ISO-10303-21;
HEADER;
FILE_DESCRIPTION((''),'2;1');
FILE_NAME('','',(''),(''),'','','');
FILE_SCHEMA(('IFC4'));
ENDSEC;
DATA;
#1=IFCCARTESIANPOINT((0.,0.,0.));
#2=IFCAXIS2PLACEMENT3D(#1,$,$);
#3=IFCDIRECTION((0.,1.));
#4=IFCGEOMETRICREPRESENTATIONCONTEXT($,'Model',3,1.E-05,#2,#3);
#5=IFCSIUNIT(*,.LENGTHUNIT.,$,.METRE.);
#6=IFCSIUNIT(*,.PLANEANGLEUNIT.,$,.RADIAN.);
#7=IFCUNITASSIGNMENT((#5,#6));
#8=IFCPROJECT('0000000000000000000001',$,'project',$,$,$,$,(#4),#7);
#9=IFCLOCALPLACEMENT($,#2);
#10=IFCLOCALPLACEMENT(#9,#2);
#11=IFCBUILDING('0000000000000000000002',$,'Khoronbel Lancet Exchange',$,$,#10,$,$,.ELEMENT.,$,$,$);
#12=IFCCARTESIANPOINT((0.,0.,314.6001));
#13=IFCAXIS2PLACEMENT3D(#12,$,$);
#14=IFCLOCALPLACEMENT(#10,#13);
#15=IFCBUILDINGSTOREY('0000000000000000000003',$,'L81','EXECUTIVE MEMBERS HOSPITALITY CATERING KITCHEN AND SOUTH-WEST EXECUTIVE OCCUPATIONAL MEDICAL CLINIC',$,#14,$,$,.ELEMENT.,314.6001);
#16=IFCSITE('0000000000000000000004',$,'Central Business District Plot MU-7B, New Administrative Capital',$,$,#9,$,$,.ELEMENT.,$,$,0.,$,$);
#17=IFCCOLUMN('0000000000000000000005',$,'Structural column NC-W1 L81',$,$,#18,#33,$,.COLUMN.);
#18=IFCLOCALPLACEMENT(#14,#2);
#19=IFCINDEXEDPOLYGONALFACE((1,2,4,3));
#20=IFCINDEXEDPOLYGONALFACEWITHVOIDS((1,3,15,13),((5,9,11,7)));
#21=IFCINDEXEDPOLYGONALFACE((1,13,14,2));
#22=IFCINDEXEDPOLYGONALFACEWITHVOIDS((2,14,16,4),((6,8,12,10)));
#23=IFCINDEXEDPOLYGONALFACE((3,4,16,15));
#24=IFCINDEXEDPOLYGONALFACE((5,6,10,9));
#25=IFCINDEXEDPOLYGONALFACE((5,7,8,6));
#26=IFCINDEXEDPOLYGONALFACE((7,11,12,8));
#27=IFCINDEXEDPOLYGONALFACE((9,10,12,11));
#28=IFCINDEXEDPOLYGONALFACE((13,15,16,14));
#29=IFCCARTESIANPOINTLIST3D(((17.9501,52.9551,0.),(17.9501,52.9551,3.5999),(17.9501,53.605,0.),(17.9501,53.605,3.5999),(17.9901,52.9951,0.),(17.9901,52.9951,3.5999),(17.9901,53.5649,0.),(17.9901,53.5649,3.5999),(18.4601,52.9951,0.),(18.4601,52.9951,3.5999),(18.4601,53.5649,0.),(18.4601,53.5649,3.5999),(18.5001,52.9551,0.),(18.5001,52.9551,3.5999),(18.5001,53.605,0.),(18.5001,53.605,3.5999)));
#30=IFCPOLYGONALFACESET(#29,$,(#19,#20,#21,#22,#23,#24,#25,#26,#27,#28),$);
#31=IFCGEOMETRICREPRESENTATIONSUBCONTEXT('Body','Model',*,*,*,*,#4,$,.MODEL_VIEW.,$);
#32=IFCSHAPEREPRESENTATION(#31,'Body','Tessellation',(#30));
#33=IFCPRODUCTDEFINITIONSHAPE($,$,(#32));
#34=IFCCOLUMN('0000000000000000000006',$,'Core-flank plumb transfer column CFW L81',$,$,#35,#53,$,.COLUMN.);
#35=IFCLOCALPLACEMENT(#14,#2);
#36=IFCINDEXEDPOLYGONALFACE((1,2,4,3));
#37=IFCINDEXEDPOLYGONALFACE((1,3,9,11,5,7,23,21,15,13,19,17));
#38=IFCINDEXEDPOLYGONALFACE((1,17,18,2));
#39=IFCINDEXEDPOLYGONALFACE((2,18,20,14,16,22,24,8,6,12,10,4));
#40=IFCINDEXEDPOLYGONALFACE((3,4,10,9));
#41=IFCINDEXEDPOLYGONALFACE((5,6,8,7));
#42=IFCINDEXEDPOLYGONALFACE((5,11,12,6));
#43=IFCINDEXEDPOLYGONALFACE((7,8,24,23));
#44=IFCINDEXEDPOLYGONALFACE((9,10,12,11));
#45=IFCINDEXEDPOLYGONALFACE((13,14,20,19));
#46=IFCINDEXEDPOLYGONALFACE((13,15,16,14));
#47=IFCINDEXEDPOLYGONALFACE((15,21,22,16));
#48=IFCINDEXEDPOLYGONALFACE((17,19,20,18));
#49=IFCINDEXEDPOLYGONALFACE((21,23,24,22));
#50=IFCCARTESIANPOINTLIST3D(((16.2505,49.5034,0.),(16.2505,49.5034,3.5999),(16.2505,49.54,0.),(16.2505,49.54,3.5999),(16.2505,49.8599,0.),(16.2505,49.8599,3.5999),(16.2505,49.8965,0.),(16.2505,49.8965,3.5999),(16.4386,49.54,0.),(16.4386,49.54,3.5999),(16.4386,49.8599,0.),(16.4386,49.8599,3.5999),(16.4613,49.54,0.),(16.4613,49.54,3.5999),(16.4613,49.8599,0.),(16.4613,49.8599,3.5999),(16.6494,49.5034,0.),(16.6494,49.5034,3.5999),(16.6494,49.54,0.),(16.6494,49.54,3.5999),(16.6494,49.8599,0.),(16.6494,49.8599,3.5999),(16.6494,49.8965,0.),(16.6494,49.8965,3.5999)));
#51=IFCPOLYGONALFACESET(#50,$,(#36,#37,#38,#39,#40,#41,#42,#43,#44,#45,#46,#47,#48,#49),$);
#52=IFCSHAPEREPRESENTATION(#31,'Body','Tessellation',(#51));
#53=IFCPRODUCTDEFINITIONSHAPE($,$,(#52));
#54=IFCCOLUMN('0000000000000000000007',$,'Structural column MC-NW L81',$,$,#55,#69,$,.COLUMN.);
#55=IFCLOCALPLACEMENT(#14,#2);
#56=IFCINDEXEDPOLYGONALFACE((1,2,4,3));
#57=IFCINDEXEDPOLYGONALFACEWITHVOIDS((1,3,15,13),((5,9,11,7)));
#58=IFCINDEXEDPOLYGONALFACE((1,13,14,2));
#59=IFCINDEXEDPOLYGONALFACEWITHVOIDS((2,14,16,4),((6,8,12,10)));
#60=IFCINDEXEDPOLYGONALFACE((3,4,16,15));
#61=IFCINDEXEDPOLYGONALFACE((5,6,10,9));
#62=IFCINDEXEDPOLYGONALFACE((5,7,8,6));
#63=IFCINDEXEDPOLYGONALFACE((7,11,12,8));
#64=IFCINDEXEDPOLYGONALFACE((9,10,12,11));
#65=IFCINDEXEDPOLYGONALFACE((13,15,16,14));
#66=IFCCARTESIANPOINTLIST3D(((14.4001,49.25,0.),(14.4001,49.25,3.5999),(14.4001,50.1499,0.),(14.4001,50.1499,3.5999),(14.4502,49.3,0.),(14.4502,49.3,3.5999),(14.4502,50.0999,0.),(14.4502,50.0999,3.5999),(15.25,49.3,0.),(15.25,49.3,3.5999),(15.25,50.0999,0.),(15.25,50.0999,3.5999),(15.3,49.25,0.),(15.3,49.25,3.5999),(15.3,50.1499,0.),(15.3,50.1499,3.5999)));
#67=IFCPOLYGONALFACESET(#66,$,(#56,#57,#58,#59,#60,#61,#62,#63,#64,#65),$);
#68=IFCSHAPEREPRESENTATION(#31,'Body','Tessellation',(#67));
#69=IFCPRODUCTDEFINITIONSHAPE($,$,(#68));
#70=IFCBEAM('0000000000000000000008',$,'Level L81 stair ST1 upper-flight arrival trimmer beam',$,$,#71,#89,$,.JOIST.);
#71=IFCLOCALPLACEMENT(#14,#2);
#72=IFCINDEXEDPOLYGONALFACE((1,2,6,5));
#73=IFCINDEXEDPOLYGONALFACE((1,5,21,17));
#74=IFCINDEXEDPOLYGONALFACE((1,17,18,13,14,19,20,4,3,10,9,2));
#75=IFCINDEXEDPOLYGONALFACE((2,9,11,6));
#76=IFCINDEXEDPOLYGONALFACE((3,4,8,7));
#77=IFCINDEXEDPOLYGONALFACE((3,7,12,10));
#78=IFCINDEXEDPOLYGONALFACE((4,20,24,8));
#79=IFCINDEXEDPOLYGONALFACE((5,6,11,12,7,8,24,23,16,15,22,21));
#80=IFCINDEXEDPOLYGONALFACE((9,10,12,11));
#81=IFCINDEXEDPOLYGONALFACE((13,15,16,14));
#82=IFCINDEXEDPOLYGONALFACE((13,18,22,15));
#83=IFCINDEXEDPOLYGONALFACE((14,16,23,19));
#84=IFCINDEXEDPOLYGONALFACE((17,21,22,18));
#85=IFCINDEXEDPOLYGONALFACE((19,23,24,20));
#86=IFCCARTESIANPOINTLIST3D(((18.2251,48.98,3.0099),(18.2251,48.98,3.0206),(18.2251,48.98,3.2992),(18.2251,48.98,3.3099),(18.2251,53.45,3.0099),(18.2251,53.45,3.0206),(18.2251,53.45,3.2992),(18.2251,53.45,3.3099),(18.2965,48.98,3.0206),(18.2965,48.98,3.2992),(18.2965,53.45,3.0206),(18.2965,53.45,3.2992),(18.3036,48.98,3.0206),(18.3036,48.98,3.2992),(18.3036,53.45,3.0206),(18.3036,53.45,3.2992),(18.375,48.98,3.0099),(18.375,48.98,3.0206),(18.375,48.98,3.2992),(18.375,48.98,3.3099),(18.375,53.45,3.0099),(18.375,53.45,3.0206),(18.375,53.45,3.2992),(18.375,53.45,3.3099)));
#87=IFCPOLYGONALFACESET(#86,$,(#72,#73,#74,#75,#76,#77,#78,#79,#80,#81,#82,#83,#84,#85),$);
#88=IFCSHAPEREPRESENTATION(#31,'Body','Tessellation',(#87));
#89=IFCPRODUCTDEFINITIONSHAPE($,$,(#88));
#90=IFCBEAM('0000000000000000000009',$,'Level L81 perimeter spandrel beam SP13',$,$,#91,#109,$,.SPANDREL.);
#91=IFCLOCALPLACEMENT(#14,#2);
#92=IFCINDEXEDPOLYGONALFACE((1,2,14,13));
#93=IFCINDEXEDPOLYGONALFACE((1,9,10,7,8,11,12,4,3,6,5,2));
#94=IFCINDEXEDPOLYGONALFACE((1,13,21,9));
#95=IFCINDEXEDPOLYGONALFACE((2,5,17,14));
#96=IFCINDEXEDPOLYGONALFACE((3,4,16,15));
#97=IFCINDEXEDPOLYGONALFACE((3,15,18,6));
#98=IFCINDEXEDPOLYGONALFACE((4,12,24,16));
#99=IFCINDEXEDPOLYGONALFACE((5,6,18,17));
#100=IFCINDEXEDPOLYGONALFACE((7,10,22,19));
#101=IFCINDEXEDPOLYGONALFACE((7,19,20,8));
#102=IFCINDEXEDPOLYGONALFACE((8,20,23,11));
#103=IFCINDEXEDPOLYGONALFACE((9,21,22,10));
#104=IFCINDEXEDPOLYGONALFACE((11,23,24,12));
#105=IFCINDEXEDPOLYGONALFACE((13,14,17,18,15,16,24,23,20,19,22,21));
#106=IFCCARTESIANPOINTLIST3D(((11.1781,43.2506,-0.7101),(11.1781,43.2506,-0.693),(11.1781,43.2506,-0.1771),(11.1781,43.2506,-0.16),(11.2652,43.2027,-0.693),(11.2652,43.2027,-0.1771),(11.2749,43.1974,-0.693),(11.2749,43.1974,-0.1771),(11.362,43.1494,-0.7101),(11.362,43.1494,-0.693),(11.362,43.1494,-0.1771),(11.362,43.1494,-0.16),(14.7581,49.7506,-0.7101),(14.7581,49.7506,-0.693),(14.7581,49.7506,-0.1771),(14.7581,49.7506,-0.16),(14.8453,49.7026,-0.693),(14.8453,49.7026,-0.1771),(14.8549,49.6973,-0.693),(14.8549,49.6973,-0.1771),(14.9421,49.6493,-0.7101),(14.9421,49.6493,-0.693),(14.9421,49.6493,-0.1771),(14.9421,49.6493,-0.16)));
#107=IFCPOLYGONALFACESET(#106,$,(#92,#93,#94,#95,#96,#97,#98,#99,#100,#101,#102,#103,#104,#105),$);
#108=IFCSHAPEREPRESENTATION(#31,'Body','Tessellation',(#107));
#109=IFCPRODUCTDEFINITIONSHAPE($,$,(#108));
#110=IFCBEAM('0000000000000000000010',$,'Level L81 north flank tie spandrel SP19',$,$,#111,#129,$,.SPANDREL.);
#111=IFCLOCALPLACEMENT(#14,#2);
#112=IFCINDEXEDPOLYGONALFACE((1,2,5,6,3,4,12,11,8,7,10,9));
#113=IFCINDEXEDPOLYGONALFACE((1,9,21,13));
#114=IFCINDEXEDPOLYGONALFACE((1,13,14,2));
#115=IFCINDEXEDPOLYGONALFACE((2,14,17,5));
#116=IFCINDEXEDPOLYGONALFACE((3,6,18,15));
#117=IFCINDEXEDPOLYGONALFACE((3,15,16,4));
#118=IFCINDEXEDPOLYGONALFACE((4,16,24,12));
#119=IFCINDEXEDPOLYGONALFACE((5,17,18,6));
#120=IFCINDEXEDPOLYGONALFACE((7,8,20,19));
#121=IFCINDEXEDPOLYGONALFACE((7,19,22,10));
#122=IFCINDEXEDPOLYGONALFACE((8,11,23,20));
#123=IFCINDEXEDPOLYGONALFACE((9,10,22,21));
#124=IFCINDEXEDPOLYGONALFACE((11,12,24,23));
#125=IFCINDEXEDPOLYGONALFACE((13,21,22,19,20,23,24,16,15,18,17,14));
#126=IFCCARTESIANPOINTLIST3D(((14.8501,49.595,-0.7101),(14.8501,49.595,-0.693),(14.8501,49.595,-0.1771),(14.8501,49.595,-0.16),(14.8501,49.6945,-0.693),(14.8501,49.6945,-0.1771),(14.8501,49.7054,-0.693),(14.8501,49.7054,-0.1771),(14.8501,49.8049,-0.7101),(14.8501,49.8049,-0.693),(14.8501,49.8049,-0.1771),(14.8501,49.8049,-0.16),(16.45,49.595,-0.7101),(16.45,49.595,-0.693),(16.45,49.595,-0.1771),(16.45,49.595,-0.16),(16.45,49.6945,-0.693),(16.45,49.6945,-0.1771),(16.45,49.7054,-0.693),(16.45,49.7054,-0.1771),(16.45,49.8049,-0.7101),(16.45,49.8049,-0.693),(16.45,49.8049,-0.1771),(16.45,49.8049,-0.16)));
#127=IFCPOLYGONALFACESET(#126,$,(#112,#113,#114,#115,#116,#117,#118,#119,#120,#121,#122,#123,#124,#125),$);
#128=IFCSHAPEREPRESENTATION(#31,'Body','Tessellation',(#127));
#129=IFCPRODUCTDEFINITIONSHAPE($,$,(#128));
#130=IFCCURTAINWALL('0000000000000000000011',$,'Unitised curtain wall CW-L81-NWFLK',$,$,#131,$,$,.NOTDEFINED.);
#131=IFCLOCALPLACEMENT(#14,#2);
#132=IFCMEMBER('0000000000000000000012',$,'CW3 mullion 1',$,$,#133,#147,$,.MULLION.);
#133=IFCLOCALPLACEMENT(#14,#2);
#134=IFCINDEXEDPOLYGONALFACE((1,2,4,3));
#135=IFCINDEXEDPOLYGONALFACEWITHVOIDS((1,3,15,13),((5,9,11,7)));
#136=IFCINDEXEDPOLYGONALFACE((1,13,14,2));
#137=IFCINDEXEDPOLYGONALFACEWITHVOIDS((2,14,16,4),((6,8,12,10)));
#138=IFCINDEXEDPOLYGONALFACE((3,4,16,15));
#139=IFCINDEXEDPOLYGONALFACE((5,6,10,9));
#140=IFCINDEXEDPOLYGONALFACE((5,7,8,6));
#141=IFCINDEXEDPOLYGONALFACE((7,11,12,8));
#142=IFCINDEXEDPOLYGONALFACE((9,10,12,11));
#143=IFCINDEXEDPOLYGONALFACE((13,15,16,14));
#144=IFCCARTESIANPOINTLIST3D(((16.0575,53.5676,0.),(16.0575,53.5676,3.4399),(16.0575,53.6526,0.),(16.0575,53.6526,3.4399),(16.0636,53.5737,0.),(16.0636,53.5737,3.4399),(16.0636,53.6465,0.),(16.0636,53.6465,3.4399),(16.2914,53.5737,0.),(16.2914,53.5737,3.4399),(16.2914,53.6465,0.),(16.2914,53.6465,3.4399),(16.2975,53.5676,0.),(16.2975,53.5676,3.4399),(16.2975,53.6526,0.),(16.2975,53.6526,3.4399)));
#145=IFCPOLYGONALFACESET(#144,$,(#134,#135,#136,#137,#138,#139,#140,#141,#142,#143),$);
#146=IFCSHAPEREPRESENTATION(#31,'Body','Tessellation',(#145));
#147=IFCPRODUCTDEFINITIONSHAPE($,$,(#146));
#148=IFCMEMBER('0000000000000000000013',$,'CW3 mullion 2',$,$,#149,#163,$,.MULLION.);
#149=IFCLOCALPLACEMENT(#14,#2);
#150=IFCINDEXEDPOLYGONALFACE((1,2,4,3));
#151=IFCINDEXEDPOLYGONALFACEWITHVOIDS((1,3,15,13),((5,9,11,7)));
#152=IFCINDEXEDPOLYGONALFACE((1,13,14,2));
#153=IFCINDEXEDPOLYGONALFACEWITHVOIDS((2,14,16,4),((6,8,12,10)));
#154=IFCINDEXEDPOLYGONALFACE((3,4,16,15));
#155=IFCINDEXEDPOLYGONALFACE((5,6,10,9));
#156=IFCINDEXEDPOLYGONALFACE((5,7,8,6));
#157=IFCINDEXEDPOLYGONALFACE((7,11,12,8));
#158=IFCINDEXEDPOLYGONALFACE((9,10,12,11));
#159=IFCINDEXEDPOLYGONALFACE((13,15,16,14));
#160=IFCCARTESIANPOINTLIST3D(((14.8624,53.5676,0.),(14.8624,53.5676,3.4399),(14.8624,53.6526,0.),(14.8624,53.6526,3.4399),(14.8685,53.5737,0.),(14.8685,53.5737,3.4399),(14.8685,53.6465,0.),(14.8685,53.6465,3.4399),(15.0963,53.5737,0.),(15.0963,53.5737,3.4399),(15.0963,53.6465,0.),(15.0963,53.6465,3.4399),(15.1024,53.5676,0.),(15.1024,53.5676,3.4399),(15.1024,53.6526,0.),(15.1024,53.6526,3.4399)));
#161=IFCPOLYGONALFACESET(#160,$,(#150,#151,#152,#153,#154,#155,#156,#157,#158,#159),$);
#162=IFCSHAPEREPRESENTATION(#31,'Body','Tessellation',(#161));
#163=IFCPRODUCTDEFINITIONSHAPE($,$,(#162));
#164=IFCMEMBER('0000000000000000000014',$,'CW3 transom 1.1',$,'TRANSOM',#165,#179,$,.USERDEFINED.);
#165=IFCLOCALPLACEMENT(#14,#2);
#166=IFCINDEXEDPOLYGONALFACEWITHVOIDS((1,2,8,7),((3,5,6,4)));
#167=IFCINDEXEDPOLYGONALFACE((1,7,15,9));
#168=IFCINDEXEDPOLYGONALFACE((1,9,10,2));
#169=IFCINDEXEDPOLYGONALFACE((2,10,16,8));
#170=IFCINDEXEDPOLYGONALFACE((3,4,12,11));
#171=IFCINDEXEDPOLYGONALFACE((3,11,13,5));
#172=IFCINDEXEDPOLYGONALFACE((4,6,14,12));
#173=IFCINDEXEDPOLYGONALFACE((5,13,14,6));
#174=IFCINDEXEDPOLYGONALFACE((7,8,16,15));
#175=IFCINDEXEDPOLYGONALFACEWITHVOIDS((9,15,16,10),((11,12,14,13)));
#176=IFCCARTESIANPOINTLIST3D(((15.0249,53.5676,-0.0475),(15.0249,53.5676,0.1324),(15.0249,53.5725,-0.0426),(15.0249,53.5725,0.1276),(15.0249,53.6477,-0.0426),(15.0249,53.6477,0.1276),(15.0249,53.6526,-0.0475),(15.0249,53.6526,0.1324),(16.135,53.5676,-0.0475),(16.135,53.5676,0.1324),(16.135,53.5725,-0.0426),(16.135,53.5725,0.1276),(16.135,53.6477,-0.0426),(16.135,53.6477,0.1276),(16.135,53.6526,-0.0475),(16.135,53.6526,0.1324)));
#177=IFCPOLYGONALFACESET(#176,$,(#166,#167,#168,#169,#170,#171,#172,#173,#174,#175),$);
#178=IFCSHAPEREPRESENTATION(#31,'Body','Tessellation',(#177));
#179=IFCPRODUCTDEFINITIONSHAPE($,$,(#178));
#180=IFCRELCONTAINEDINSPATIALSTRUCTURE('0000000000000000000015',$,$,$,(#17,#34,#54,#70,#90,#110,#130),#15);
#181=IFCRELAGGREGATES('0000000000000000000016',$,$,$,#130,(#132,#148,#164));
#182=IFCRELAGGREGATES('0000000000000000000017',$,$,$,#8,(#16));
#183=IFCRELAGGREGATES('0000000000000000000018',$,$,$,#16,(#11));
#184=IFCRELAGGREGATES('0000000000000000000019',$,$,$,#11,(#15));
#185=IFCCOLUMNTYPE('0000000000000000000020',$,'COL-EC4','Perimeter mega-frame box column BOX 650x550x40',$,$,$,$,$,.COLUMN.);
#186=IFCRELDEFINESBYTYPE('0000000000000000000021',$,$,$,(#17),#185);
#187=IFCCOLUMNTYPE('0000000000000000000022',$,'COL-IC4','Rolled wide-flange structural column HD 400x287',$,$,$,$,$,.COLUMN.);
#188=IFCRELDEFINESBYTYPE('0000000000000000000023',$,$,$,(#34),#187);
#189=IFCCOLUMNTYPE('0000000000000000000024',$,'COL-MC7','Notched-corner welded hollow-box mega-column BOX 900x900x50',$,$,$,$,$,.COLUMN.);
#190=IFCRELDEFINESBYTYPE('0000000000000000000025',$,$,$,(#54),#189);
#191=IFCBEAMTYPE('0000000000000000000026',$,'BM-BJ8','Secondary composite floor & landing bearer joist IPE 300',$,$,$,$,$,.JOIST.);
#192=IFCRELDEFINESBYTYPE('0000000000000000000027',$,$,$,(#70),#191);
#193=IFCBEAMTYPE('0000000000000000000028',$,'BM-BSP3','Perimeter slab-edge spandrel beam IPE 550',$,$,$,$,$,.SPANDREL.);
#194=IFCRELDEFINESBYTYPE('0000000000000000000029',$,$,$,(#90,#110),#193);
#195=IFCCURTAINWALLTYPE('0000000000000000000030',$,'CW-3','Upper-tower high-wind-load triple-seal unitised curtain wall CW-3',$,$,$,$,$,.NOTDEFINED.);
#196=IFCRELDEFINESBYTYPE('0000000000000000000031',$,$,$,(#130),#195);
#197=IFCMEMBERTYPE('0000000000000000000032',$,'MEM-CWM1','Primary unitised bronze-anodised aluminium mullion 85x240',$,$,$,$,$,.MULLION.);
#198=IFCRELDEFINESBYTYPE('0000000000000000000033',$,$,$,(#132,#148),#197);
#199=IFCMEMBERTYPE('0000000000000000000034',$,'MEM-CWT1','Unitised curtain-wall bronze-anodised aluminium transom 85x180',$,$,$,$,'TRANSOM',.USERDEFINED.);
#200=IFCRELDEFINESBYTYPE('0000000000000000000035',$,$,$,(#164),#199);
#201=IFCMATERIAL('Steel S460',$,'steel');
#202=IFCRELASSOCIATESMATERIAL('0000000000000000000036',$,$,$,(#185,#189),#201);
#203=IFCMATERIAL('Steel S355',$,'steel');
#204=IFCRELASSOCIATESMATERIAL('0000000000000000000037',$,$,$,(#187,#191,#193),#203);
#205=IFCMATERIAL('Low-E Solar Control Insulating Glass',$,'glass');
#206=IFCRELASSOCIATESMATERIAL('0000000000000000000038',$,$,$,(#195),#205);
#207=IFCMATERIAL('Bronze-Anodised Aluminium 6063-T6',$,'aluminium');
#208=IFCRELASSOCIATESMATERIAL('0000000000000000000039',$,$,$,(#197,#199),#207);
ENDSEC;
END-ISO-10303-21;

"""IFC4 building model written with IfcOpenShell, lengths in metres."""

from ifc_helpers import new_model, si_unit, direction, frame, origin, origin_2d, place, context, subcontext, project, spatial, hollow_rectangle, i_section, extrude, material, material_profile, profile_set, type_object, element, aggregate, save


model = new_model("IFC4")

# Units and contexts
model_context = context("Model", 3, precision=1e-05, world=origin(), true_north=direction((0.0, 1.0)))
body_context = subcontext(model_context, "Body", "Model", "MODEL_VIEW")
ifc_project = project(units=[si_unit("LENGTHUNIT", "METRE"), si_unit("PLANEANGLEUNIT", "RADIAN")], contexts=[model_context])

# Site, building, storey
site_placement = place(None, origin())
site = spatial("IfcSite", under=ifc_project, at=site_placement, Name="Central Business District Plot MU-7B, New Administrative Capital", CompositionType="ELEMENT", RefElevation=0.0)
building_placement = place(site_placement, origin())
building = spatial("IfcBuilding", under=site, at=building_placement, Name="Khoronbel Lancet Exchange", CompositionType="ELEMENT")
storey_placement = place(building_placement, frame((0.0, 0.0, 314.6001)))
storey = spatial("IfcBuildingStorey", under=building, at=storey_placement, Name="L81", Description="EXECUTIVE MEMBERS HOSPITALITY CATERING KITCHEN AND SOUTH-WEST EXECUTIVE OCCUPATIONAL MEDICAL CLINIC", CompositionType="ELEMENT", Elevation=314.6001)

# Columns
ifc_material_1 = material(Name="Steel S460", Category="steel")
ifc_material_profile_1 = material_profile(ifc_material_1, hollow_rectangle(XDim=0.55, YDim=0.6499, WallThickness=0.04, at=origin_2d()), Name="BOX 650x550x40")
ifc_profile_set_1 = profile_set([ifc_material_profile_1], Name="Steel S460")
column_type_1 = type_object("IfcColumnType", Name="COL-EC4", Description="Perimeter mega-frame box column BOX 650x550x40", PredefinedType="COLUMN", material=ifc_profile_set_1)
column_1_placement = place(storey_placement, frame((18.2251, 53.28, 0.0), z_axis=(0.0, 0.0, 1.0), x_axis=(1.0, 0.0, 0.0)))
element("IfcColumn", 1, at=column_1_placement, inside=storey, type_object=column_type_1, Name="Structural column NC-W1 L81", PredefinedType="COLUMN", context=body_context, shape_type="SweptSolid", body=[
    extrude(hollow_rectangle(XDim=0.55, YDim=0.6499, WallThickness=0.04, at=origin_2d()), origin(), (0.0, 0.0, 1.0), 3.5999),
])
ifc_material_2 = material(Name="Steel S355", Category="steel")
ifc_material_profile_2 = material_profile(ifc_material_2, i_section(OverallWidth=0.3989, OverallDepth=0.3931, WebThickness=0.0227, FlangeThickness=0.0366, at=origin_2d()), Name="HD 400x287")
ifc_profile_set_2 = profile_set([ifc_material_profile_2], Name="Steel S355")
column_type_2 = type_object("IfcColumnType", Name="COL-IC4", Description="Rolled wide-flange structural column HD 400x287", PredefinedType="COLUMN", material=ifc_profile_set_2)
column_2_placement = place(storey_placement, frame((16.45, 49.7, 0.0), z_axis=(0.0, 0.0, 1.0), x_axis=(1.0, 0.0, 0.0)))
element("IfcColumn", 2, at=column_2_placement, inside=storey, type_object=column_type_2, Name="Core-flank plumb transfer column CFW L81", PredefinedType="COLUMN", context=body_context, shape_type="SweptSolid", body=[
    extrude(i_section(OverallWidth=0.3989, OverallDepth=0.3931, WebThickness=0.0227, FlangeThickness=0.0366, at=origin_2d()), origin(), (0.0, 0.0, 1.0), 3.5999),
])
ifc_material_profile_3 = material_profile(ifc_material_1, hollow_rectangle(XDim=0.8999, YDim=0.8999, WallThickness=0.05, at=origin_2d()), Name="BOX 900x900x50")
ifc_profile_set_3 = profile_set([ifc_material_profile_3], Name="Steel S460")
column_type_3 = type_object("IfcColumnType", Name="COL-MC7", Description="Notched-corner welded hollow-box mega-column BOX 900x900x50", PredefinedType="COLUMN", material=ifc_profile_set_3)
column_3_placement = place(storey_placement, frame((14.8501, 49.7, 0.0), z_axis=(0.0, 0.0, 1.0), x_axis=(1.0, 0.0, 0.0)))
element("IfcColumn", 3, at=column_3_placement, inside=storey, type_object=column_type_3, Name="Structural column MC-NW L81", PredefinedType="COLUMN", context=body_context, shape_type="SweptSolid", body=[
    extrude(hollow_rectangle(XDim=0.8999, YDim=0.8999, WallThickness=0.05, at=origin_2d()), origin(), (0.0, 0.0, 1.0), 3.5999),
])

# Beams
ifc_material_profile_4 = material_profile(ifc_material_2, i_section(OverallWidth=0.1499, OverallDepth=0.3, WebThickness=0.0071, FlangeThickness=0.0107, at=origin_2d()), Name="IPE 300")
ifc_profile_set_4 = profile_set([ifc_material_profile_4], Name="Steel S355")
beam_type_1 = type_object("IfcBeamType", Name="BM-BJ8", Description="Secondary composite floor & landing bearer joist IPE 300", PredefinedType="JOIST", material=ifc_profile_set_4)
beam_1_placement = place(storey_placement, frame((18.3, 48.98, 3.1599), z_axis=(0.0, 1.0, 0.0), x_axis=(-1.0, 0.0, 0.0)))
element("IfcBeam", 4, at=beam_1_placement, inside=storey, type_object=beam_type_1, Name="Level L81 stair ST1 upper-flight arrival trimmer beam", PredefinedType="JOIST", context=body_context, shape_type="SweptSolid", body=[
    extrude(i_section(OverallWidth=0.1499, OverallDepth=0.3, WebThickness=0.0071, FlangeThickness=0.0107, at=origin_2d()), origin(), (0.0, 0.0, 1.0), 4.47),
])
ifc_material_profile_5 = material_profile(ifc_material_2, i_section(OverallWidth=0.21, OverallDepth=0.55, WebThickness=0.011, FlangeThickness=0.0171, at=origin_2d()), Name="IPE 550")
ifc_profile_set_5 = profile_set([ifc_material_profile_5], Name="Steel S355")
beam_type_2 = type_object("IfcBeamType", Name="BM-BSP3", Description="Perimeter slab-edge spandrel beam IPE 550", PredefinedType="SPANDREL", material=ifc_profile_set_5)
beam_2_placement = place(storey_placement, frame((14.8501, 49.7, -0.4351), z_axis=(-0.482444, -0.875927, 0.0), x_axis=(0.875927, -0.482444, 0.0)))
element("IfcBeam", 5, at=beam_2_placement, inside=storey, type_object=beam_type_2, Name="Level L81 perimeter spandrel beam SP13", PredefinedType="SPANDREL", context=body_context, shape_type="SweptSolid", body=[
    extrude(i_section(OverallWidth=0.21, OverallDepth=0.55, WebThickness=0.011, FlangeThickness=0.0171, at=origin_2d()), origin(), (0.0, 0.0, 1.0), 7.4207),
])
beam_3_placement = place(storey_placement, frame((14.8501, 49.7, -0.4351), z_axis=(1.0, 0.0, 0.0), x_axis=(0.0, 1.0, 0.0)))
element("IfcBeam", 6, at=beam_3_placement, inside=storey, type_object=beam_type_2, Name="Level L81 north flank tie spandrel SP19", PredefinedType="SPANDREL", context=body_context, shape_type="SweptSolid", body=[
    extrude(i_section(OverallWidth=0.21, OverallDepth=0.55, WebThickness=0.011, FlangeThickness=0.0171, at=origin_2d()), origin(), (0.0, 0.0, 1.0), 1.5999),
])

# Curtain wall, members
ifc_material_3 = material(Name="Low-E Solar Control Insulating Glass", Category="glass")
curtain_wall_type = type_object("IfcCurtainWallType", Name="CW-3", Description="Upper-tower high-wind-load triple-seal unitised curtain wall CW-3", PredefinedType="NOTDEFINED", material=ifc_material_3)
curtain_wall_placement = place(storey_placement, origin())
curtain_wall = element("IfcCurtainWall", 7, at=curtain_wall_placement, inside=storey, type_object=curtain_wall_type, Name="Unitised curtain wall CW-L81-NWFLK", PredefinedType="NOTDEFINED")
ifc_material_4 = material(Name="Bronze-Anodised Aluminium 6063-T6", Category="aluminium")
ifc_material_profile_6 = material_profile(ifc_material_4, hollow_rectangle(XDim=0.085, YDim=0.24, WallThickness=0.0061, at=origin_2d()), Name="ALU MULLION 85x240")
ifc_profile_set_6 = profile_set([ifc_material_profile_6], Name="Bronze-Anodised Aluminium 6063-T6")
member_type_1 = type_object("IfcMemberType", Name="MEM-CWM1", Description="Primary unitised bronze-anodised aluminium mullion 85x240", PredefinedType="MULLION", material=ifc_profile_set_6)
member_1_placement = place(storey_placement, frame((16.1775, 53.6101, 0.0), z_axis=(0.0, 0.0, 1.0), x_axis=(0.0, -1.0, 0.0)))
member_1 = element("IfcMember", 8, at=member_1_placement, type_object=member_type_1, Name="CW3 mullion 1", PredefinedType="MULLION", context=body_context, shape_type="SweptSolid", body=[
    extrude(hollow_rectangle(XDim=0.085, YDim=0.24, WallThickness=0.0061, at=origin_2d()), origin(), (0.0, 0.0, 1.0), 3.4399),
])
member_2_placement = place(storey_placement, frame((14.9824, 53.6101, 0.0), z_axis=(0.0, 0.0, 1.0), x_axis=(0.0, -1.0, 0.0)))
member_2 = element("IfcMember", 9, at=member_2_placement, type_object=member_type_1, Name="CW3 mullion 2", PredefinedType="MULLION", context=body_context, shape_type="SweptSolid", body=[
    extrude(hollow_rectangle(XDim=0.085, YDim=0.24, WallThickness=0.0061, at=origin_2d()), origin(), (0.0, 0.0, 1.0), 3.4399),
])
ifc_material_profile_7 = material_profile(ifc_material_4, hollow_rectangle(XDim=0.085, YDim=0.1799, WallThickness=0.0049, at=origin_2d()), Name="ALU TRANSOM 85x180")
ifc_profile_set_7 = profile_set([ifc_material_profile_7], Name="Bronze-Anodised Aluminium 6063-T6")
member_type_2 = type_object("IfcMemberType", Name="MEM-CWT1", Description="Unitised curtain-wall bronze-anodised aluminium transom 85x180", ElementType="TRANSOM", PredefinedType="USERDEFINED", material=ifc_profile_set_7)
member_3_placement = place(storey_placement, frame((16.135, 53.6101, 0.0425), z_axis=(-1.0, 0.0, 0.0), x_axis=(0.0, -1.0, 0.0)))
member_3 = element("IfcMember", 10, at=member_3_placement, type_object=member_type_2, Name="CW3 transom 1.1", ObjectType="TRANSOM", PredefinedType="USERDEFINED", context=body_context, shape_type="SweptSolid", body=[
    extrude(hollow_rectangle(XDim=0.085, YDim=0.1799, WallThickness=0.0049, at=origin_2d()), origin(), (0.0, 0.0, 1.0), 1.1101),
])

aggregate(curtain_wall, [member_1, member_2, member_3])

save(model, "model.ifc")
